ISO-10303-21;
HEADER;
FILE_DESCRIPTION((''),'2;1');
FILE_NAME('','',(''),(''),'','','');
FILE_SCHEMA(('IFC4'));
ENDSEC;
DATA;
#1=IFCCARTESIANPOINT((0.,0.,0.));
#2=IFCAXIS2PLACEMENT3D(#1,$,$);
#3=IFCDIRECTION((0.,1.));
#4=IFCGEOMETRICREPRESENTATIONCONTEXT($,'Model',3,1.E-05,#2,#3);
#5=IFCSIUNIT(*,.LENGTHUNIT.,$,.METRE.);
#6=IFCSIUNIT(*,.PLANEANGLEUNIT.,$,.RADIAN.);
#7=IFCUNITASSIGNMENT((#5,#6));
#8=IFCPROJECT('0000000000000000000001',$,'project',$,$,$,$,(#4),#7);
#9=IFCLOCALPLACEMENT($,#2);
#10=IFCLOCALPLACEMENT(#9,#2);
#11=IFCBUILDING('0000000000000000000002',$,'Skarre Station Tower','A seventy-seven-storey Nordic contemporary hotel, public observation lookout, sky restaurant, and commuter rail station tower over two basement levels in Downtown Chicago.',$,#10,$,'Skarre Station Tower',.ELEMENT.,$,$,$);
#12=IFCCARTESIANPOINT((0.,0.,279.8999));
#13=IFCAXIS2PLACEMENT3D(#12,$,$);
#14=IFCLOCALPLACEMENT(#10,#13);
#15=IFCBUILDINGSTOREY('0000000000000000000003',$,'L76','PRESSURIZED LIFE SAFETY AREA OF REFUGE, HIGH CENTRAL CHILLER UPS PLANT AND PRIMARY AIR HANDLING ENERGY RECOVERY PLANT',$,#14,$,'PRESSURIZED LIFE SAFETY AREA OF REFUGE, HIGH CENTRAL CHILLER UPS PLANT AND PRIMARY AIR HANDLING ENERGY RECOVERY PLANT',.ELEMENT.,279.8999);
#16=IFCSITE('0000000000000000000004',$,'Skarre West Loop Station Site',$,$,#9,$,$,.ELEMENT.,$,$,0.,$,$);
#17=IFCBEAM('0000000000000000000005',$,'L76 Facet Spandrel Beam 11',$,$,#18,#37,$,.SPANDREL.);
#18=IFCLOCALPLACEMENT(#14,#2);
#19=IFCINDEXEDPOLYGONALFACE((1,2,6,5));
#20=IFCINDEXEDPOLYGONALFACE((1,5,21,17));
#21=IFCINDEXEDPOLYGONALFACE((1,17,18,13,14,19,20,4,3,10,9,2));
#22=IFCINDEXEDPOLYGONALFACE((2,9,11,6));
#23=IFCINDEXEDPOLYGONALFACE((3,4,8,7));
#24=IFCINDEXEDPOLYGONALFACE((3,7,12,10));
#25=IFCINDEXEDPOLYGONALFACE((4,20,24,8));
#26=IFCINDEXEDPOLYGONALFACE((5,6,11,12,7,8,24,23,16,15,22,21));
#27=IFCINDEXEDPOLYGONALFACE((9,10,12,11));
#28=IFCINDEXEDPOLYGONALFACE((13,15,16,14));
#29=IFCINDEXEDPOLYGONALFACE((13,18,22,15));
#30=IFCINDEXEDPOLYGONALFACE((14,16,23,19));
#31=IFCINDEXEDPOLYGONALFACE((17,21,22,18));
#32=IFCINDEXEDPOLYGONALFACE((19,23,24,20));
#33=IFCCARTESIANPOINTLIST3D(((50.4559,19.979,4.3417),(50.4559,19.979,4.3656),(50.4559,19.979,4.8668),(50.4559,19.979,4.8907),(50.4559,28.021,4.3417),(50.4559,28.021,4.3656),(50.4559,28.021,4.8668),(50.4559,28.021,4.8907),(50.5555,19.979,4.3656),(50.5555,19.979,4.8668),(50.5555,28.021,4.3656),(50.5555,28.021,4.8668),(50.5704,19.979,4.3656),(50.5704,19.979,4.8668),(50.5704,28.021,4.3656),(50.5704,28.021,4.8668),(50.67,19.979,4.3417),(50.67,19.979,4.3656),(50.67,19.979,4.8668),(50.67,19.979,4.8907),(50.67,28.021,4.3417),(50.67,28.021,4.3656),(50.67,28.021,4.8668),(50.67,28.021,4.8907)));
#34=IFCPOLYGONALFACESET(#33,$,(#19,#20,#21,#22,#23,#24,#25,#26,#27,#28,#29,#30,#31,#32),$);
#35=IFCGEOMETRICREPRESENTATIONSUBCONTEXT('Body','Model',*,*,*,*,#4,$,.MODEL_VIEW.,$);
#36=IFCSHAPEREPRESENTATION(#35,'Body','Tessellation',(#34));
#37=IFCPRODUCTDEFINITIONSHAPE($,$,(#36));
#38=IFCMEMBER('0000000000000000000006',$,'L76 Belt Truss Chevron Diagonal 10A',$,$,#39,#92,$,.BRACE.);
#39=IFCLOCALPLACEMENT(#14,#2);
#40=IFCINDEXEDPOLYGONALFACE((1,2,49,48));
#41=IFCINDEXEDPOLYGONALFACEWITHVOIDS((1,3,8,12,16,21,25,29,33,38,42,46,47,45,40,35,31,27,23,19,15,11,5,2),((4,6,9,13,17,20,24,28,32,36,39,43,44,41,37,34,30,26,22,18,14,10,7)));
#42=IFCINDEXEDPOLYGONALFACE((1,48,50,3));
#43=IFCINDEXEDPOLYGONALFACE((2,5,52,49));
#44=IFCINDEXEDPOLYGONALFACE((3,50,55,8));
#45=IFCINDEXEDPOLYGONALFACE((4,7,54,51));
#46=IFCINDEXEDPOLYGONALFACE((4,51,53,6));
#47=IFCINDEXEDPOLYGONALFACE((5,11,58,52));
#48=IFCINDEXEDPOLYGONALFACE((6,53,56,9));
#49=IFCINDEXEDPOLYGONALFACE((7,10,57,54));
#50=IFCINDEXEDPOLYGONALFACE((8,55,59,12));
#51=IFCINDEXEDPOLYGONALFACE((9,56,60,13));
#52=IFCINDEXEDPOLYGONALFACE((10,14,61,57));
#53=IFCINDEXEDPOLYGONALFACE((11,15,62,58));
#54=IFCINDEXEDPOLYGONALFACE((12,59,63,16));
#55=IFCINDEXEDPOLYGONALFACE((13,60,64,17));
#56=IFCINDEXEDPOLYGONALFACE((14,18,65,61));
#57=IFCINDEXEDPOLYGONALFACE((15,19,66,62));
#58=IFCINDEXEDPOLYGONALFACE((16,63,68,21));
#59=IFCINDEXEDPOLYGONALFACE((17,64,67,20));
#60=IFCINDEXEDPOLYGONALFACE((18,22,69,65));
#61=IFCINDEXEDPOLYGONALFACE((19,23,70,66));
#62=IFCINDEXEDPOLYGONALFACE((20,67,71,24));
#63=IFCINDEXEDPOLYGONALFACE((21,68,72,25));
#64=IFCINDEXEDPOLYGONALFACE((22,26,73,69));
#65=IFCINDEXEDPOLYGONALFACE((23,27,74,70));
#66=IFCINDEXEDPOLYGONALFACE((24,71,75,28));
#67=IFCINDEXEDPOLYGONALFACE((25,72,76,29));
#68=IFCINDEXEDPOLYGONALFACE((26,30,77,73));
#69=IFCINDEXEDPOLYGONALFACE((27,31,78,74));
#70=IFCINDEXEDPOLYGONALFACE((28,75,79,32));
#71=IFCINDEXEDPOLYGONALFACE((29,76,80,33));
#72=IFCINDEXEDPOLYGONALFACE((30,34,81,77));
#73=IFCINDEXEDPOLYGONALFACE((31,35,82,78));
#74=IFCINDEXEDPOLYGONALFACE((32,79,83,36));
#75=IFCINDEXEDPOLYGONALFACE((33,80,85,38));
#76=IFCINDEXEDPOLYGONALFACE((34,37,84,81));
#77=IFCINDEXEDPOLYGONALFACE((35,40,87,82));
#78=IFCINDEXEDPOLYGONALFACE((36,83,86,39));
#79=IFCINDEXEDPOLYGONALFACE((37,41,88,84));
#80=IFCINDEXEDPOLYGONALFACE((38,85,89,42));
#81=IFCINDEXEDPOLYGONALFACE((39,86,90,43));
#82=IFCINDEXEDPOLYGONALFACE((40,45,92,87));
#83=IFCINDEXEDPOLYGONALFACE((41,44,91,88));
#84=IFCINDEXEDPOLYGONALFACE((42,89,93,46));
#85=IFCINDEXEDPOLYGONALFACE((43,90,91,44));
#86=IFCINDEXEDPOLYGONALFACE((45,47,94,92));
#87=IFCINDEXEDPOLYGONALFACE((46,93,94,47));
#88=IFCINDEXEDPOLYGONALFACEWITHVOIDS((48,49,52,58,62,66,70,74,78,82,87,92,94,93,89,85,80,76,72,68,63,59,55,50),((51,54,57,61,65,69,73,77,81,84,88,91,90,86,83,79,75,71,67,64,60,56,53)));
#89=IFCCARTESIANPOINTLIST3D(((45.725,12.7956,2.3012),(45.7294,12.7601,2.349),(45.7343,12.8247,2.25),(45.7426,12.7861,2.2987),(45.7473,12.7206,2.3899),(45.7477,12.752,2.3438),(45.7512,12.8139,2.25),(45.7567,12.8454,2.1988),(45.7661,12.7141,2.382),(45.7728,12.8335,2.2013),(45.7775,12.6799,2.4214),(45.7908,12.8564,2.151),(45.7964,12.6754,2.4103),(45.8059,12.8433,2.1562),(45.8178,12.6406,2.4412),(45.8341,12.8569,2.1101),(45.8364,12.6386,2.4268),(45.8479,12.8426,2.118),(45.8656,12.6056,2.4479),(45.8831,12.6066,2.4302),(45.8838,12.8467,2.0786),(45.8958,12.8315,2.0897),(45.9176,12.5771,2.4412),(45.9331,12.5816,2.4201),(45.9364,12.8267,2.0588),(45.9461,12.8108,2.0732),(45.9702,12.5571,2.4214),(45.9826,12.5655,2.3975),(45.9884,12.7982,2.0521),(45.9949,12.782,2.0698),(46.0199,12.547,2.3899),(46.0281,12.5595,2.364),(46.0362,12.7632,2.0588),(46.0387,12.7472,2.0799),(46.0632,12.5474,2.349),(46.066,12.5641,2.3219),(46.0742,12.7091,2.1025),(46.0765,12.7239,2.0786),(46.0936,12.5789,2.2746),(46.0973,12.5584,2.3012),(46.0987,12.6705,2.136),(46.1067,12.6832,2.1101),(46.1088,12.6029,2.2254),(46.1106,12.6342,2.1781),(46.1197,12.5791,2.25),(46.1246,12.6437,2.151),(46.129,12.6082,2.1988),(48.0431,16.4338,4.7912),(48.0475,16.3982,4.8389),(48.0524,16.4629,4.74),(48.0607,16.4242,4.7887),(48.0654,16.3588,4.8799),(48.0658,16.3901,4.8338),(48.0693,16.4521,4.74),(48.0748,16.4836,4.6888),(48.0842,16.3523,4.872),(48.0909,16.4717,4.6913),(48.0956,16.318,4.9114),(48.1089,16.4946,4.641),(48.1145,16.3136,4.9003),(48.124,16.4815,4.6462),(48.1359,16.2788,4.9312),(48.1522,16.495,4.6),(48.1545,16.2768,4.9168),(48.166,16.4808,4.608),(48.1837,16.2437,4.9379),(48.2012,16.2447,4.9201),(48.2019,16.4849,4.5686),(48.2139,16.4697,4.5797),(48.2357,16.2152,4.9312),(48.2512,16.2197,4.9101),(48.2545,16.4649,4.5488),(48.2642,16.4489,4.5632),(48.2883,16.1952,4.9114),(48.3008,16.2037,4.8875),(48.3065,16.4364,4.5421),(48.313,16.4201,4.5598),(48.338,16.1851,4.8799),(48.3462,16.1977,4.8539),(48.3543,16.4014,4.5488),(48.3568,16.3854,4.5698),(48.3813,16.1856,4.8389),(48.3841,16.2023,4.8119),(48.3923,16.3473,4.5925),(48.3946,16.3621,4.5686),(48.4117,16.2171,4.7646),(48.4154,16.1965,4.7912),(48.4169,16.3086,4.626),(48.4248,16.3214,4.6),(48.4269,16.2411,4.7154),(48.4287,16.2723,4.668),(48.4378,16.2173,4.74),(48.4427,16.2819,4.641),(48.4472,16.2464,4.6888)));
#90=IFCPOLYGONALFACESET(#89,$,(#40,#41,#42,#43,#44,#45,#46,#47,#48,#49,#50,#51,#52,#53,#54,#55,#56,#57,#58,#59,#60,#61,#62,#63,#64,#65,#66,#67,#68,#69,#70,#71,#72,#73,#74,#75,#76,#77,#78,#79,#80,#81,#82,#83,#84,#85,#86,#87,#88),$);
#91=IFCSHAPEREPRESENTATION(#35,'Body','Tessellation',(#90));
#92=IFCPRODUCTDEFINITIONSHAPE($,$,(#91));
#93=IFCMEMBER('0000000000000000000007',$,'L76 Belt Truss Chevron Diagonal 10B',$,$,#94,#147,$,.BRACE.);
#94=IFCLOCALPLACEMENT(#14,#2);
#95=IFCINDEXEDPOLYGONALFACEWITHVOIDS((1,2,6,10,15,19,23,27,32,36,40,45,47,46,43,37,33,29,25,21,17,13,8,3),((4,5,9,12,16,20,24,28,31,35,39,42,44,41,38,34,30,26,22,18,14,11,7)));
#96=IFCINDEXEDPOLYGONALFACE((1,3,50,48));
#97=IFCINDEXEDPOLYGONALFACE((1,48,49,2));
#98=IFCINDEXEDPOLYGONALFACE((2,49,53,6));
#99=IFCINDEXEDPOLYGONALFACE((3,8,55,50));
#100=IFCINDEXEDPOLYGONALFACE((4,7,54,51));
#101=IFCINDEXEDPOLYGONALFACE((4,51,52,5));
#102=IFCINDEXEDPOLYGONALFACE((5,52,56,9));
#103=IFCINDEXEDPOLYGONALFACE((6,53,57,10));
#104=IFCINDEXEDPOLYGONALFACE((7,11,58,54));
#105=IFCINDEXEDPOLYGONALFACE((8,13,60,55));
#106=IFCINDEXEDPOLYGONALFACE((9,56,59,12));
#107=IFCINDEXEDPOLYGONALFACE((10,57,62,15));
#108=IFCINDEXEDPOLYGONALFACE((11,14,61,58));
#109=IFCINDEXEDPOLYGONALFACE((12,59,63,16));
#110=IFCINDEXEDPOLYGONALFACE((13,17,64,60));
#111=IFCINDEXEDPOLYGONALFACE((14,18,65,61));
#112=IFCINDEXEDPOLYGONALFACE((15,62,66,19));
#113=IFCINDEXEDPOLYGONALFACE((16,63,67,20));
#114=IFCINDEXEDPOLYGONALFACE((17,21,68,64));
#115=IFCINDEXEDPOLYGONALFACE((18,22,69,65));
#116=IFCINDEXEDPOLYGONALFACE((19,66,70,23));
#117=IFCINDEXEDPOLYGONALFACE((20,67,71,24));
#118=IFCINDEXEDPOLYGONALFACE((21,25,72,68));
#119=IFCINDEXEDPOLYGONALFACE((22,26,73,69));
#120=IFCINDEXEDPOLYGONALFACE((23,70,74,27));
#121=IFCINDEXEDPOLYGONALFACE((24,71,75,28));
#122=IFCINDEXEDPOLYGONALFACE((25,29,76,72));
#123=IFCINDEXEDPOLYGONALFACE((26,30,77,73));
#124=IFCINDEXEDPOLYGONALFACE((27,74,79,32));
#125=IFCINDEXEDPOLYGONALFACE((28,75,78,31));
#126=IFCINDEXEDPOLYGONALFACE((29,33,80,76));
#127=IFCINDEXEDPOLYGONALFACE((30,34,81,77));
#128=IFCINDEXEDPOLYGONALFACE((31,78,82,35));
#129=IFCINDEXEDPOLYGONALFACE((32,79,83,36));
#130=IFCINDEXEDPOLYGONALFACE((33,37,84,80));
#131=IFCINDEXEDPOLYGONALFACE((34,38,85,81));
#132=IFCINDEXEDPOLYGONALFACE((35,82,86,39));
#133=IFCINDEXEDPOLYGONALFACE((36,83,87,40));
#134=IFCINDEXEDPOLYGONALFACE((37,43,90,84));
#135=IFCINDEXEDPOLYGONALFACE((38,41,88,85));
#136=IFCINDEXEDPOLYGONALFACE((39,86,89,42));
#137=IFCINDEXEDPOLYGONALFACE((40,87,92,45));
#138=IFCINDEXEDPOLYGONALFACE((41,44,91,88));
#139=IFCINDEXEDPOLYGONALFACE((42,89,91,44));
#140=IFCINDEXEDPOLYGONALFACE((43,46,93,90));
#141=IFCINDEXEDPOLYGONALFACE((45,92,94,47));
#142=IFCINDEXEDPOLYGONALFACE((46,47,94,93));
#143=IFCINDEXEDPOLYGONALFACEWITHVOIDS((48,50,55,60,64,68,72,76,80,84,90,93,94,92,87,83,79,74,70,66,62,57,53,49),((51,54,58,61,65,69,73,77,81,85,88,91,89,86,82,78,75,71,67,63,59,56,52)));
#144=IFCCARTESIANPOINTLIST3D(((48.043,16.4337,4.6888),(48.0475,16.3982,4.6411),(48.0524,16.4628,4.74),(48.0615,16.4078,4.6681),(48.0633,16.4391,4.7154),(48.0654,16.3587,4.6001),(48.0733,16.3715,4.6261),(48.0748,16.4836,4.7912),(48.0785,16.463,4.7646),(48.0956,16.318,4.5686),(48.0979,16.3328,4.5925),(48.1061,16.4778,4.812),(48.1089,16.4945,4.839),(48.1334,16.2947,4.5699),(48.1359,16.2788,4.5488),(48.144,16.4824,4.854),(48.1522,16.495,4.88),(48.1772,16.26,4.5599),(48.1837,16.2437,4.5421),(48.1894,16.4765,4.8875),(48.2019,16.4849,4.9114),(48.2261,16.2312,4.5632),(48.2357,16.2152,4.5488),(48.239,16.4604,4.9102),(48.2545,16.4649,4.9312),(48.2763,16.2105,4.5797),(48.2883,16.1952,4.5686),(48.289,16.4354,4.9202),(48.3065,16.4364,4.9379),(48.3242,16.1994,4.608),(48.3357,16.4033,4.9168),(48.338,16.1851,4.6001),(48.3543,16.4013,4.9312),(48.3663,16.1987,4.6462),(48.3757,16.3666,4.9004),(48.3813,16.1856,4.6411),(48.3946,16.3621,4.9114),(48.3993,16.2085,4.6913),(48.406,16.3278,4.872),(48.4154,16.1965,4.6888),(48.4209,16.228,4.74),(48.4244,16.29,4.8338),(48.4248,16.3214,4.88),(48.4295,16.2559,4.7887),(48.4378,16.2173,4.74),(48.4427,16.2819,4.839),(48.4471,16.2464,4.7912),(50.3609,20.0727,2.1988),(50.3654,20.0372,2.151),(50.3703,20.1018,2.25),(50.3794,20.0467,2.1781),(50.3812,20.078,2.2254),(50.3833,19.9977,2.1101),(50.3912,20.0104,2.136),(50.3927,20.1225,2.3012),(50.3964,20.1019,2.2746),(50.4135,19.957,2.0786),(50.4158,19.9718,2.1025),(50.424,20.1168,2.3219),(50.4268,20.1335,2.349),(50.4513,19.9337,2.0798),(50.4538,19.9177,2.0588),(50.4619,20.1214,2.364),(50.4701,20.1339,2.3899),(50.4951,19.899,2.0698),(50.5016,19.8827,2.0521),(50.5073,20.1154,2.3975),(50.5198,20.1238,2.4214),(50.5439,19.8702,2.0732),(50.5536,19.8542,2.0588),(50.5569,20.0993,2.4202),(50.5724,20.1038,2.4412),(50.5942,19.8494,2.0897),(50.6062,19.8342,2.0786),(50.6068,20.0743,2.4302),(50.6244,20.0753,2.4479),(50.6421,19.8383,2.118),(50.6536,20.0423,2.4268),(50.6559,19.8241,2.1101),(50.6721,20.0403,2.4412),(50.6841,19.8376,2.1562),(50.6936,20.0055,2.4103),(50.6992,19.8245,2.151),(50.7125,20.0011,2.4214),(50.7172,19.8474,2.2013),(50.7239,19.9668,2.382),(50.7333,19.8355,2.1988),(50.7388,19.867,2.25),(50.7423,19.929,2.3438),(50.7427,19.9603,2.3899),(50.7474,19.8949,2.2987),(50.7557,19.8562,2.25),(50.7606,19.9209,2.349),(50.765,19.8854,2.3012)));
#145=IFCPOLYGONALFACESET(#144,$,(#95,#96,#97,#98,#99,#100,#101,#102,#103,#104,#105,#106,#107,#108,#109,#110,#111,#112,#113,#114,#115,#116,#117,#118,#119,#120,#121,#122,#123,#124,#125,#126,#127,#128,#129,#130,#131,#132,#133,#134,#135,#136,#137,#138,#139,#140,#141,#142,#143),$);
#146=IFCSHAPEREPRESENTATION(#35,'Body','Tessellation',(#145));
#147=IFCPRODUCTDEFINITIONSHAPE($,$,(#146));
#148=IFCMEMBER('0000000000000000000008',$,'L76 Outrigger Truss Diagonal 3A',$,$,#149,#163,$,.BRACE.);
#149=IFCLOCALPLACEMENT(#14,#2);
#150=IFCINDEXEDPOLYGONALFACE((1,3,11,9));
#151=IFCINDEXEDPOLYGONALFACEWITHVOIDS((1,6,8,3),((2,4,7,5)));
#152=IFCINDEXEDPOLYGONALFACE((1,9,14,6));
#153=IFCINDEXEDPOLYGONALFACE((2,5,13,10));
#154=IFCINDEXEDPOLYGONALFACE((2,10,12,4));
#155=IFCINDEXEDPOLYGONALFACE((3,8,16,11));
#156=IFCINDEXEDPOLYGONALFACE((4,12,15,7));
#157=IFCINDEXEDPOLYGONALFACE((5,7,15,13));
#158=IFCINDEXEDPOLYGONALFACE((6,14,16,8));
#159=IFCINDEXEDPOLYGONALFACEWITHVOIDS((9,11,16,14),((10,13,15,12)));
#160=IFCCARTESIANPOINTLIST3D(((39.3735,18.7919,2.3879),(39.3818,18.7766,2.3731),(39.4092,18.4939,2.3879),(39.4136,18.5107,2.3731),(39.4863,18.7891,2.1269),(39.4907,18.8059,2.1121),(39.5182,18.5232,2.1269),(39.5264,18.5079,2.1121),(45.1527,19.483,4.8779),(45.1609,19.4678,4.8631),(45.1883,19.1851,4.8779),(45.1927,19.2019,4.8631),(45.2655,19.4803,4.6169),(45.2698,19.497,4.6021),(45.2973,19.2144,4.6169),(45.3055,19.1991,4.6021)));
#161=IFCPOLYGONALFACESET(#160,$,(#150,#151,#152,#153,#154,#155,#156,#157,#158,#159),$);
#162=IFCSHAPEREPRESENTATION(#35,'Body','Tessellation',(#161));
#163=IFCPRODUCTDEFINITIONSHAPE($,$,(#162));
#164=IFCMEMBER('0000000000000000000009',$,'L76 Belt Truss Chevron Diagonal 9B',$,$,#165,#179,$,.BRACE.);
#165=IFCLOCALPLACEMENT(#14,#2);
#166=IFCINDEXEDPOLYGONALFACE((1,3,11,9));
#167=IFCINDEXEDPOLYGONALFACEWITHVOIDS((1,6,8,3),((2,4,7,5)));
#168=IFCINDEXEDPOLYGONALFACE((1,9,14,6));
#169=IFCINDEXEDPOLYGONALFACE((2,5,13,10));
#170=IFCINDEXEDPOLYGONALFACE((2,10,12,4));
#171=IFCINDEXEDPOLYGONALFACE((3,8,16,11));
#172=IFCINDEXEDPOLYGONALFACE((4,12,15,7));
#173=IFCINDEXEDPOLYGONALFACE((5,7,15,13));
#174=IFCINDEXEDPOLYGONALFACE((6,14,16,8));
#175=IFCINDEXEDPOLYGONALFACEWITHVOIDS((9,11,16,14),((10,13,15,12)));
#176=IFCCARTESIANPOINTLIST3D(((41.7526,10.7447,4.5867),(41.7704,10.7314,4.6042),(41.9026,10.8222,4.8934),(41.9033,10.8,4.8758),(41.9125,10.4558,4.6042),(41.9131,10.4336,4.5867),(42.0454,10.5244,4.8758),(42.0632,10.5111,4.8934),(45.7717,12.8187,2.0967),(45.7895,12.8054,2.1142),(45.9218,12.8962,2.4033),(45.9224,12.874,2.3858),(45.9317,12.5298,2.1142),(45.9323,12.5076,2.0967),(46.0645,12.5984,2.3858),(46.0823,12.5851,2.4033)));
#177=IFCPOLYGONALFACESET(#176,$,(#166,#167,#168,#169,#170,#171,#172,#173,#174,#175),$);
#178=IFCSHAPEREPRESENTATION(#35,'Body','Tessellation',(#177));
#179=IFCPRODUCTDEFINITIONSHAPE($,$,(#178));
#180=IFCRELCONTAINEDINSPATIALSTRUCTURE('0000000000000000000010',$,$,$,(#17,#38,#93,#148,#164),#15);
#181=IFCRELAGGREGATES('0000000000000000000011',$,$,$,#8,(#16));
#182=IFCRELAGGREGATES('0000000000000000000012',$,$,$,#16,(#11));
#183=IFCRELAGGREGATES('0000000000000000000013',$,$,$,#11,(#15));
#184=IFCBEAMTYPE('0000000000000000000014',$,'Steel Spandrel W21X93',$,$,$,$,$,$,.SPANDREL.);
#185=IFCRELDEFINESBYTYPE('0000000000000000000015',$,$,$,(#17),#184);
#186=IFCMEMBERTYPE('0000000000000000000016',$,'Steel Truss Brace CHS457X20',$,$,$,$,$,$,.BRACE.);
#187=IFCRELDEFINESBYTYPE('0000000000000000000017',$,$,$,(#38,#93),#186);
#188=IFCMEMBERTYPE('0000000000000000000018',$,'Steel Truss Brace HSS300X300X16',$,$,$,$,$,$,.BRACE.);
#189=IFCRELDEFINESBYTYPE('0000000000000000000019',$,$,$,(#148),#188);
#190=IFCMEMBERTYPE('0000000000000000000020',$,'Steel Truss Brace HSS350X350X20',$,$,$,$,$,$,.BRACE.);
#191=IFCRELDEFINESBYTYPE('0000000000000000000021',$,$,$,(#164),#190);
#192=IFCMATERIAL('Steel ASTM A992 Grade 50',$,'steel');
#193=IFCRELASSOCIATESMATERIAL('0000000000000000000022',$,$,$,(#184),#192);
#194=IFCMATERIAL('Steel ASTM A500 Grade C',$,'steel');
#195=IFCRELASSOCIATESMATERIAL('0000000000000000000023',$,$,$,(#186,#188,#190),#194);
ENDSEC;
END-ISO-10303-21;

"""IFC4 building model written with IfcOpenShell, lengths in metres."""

from ifc_helpers import new_model, si_unit, direction, frame, origin, origin_2d, place, context, subcontext, project, spatial, hollow_rectangle, hollow_circle, i_section, extrude, material, material_profile, profile_set, type_object, element, save


model = new_model("IFC4")

# Units and contexts
model_context = context("Model", 3, precision=1e-05, world=origin(), true_north=direction((0.0, 1.0)))
body_context = subcontext(model_context, "Body", "Model", "MODEL_VIEW")
ifc_project = project(units=[si_unit("LENGTHUNIT", "METRE"), si_unit("PLANEANGLEUNIT", "RADIAN")], contexts=[model_context])

# Site, building, storey
site_placement = place(None, origin())
site = spatial("IfcSite", under=ifc_project, at=site_placement, Name="Skarre West Loop Station Site", CompositionType="ELEMENT", RefElevation=0.0)
building_placement = place(site_placement, origin())
building = spatial("IfcBuilding", under=site, at=building_placement, Name="Skarre Station Tower", Description="A seventy-seven-storey Nordic contemporary hotel, public observation lookout, sky restaurant, and commuter rail station tower over two basement levels in Downtown Chicago.", LongName="Skarre Station Tower", CompositionType="ELEMENT")
storey_placement = place(building_placement, frame((0.0, 0.0, 279.8999)))
storey = spatial("IfcBuildingStorey", under=building, at=storey_placement, Name="L76", Description="PRESSURIZED LIFE SAFETY AREA OF REFUGE, HIGH CENTRAL CHILLER UPS PLANT AND PRIMARY AIR HANDLING ENERGY RECOVERY PLANT", LongName="PRESSURIZED LIFE SAFETY AREA OF REFUGE, HIGH CENTRAL CHILLER UPS PLANT AND PRIMARY AIR HANDLING ENERGY RECOVERY PLANT", CompositionType="ELEMENT", Elevation=279.8999)

# Beam
ifc_material_1 = material(Name="Steel ASTM A992 Grade 50", Category="steel")
ifc_material_profile_1 = material_profile(ifc_material_1, i_section(OverallWidth=0.2141, OverallDepth=0.5491, WebThickness=0.0149, FlangeThickness=0.0239, at=origin_2d()), Name="Steel ASTM A992 Grade 50")
ifc_profile_set_1 = profile_set([ifc_material_profile_1], Name="Steel ASTM A992 Grade 50")
beam_type_1 = type_object("IfcBeamType", Name="Steel Spandrel W21X93", PredefinedType="SPANDREL", material=ifc_profile_set_1)
beam_1_placement = place(storey_placement, frame((50.563, 19.979, 4.6162), z_axis=(0.0, 1.0, 0.0), x_axis=(-1.0, 0.0, 0.0)))
element("IfcBeam", 1, at=beam_1_placement, inside=storey, type_object=beam_type_1, Name="L76 Facet Spandrel Beam 11", PredefinedType="SPANDREL", context=body_context, shape_type="SweptSolid", body=[
    extrude(i_section(OverallWidth=0.2141, OverallDepth=0.5491, WebThickness=0.0149, FlangeThickness=0.0239, at=origin_2d()), origin(), (0.0, 0.0, 1.0), 8.042),
])

# Members
ifc_material_2 = material(Name="Steel ASTM A500 Grade C", Category="steel")
ifc_material_profile_2 = material_profile(ifc_material_2, hollow_circle(Radius=0.2285, WallThickness=0.02, at=origin_2d()), Name="Steel ASTM A500 Grade C")
ifc_profile_set_2 = profile_set([ifc_material_profile_2], Name="Steel ASTM A500 Grade C")
member_type_1 = type_object("IfcMemberType", Name="Steel Truss Brace CHS457X20", PredefinedType="BRACE", material=ifc_profile_set_2)
member_1_placement = place(storey_placement, frame((45.927, 12.7019, 2.25), z_axis=(0.465394, 0.730416, 0.4999), x_axis=(-0.843356, 0.537355, 0.0)))
element("IfcMember", 2, at=member_1_placement, inside=storey, type_object=member_type_1, Name="L76 Belt Truss Chevron Diagonal 10A", PredefinedType="BRACE", context=body_context, shape_type="SweptSolid", body=[
    extrude(hollow_circle(Radius=0.2285, WallThickness=0.02, at=origin_2d()), origin(), (0.0, 0.0, 1.0), 4.981),
])
member_2_placement = place(storey_placement, frame((50.563, 19.979, 2.25), z_axis=(-0.465306, -0.730502, 0.499858), x_axis=(0.843431, -0.537238, 0.0)))
element("IfcMember", 3, at=member_2_placement, inside=storey, type_object=member_type_1, Name="L76 Belt Truss Chevron Diagonal 10B", PredefinedType="BRACE", context=body_context, shape_type="SweptSolid", body=[
    extrude(hollow_circle(Radius=0.2285, WallThickness=0.02, at=origin_2d()), origin(), (0.0, 0.0, 1.0), 4.9814),
])
ifc_material_profile_3 = material_profile(ifc_material_2, hollow_rectangle(XDim=0.3, YDim=0.3, WallThickness=0.0161, at=origin_2d()), Name="Steel ASTM A500 Grade C")
ifc_profile_set_3 = profile_set([ifc_material_profile_3], Name="Steel ASTM A500 Grade C")
member_type_2 = type_object("IfcMemberType", Name="Steel Truss Brace HSS300X300X16", PredefinedType="BRACE", material=ifc_profile_set_3)
member_3_placement = place(storey_placement, frame((39.45, 18.6499, 2.25), z_axis=(0.912891, 0.10918, 0.393332), x_axis=(-0.118752, 0.992924, 0.0)))
element("IfcMember", 4, at=member_3_placement, inside=storey, type_object=member_type_2, Name="L76 Outrigger Truss Diagonal 3A", PredefinedType="BRACE", context=body_context, shape_type="SweptSolid", body=[
    extrude(hollow_rectangle(XDim=0.3, YDim=0.3, WallThickness=0.0161, at=origin_2d()), origin(), (0.0, 0.0, 1.0), 6.3306),
])
ifc_material_profile_4 = material_profile(ifc_material_2, hollow_rectangle(XDim=0.3501, YDim=0.3501, WallThickness=0.02, at=origin_2d()), Name="Steel ASTM A500 Grade C")
ifc_profile_set_4 = profile_set([ifc_material_profile_4], Name="Steel ASTM A500 Grade C")
member_type_3 = type_object("IfcMemberType", Name="Steel Truss Brace HSS350X350X20", PredefinedType="BRACE", material=ifc_profile_set_4)
member_4_placement = place(storey_placement, frame((45.927, 12.7019, 2.25), z_axis=(-0.778467, -0.401718, 0.482298), x_axis=(0.458578, -0.888654, 0.0)))
element("IfcMember", 5, at=member_4_placement, inside=storey, type_object=member_type_3, Name="L76 Belt Truss Chevron Diagonal 9B", PredefinedType="BRACE", context=body_context, shape_type="SweptSolid", body=[
    extrude(hollow_rectangle(XDim=0.3501, YDim=0.3501, WallThickness=0.02, at=origin_2d()), origin(), (0.0, 0.0, 1.0), 5.1628),
])

save(model, "model.ifc")
